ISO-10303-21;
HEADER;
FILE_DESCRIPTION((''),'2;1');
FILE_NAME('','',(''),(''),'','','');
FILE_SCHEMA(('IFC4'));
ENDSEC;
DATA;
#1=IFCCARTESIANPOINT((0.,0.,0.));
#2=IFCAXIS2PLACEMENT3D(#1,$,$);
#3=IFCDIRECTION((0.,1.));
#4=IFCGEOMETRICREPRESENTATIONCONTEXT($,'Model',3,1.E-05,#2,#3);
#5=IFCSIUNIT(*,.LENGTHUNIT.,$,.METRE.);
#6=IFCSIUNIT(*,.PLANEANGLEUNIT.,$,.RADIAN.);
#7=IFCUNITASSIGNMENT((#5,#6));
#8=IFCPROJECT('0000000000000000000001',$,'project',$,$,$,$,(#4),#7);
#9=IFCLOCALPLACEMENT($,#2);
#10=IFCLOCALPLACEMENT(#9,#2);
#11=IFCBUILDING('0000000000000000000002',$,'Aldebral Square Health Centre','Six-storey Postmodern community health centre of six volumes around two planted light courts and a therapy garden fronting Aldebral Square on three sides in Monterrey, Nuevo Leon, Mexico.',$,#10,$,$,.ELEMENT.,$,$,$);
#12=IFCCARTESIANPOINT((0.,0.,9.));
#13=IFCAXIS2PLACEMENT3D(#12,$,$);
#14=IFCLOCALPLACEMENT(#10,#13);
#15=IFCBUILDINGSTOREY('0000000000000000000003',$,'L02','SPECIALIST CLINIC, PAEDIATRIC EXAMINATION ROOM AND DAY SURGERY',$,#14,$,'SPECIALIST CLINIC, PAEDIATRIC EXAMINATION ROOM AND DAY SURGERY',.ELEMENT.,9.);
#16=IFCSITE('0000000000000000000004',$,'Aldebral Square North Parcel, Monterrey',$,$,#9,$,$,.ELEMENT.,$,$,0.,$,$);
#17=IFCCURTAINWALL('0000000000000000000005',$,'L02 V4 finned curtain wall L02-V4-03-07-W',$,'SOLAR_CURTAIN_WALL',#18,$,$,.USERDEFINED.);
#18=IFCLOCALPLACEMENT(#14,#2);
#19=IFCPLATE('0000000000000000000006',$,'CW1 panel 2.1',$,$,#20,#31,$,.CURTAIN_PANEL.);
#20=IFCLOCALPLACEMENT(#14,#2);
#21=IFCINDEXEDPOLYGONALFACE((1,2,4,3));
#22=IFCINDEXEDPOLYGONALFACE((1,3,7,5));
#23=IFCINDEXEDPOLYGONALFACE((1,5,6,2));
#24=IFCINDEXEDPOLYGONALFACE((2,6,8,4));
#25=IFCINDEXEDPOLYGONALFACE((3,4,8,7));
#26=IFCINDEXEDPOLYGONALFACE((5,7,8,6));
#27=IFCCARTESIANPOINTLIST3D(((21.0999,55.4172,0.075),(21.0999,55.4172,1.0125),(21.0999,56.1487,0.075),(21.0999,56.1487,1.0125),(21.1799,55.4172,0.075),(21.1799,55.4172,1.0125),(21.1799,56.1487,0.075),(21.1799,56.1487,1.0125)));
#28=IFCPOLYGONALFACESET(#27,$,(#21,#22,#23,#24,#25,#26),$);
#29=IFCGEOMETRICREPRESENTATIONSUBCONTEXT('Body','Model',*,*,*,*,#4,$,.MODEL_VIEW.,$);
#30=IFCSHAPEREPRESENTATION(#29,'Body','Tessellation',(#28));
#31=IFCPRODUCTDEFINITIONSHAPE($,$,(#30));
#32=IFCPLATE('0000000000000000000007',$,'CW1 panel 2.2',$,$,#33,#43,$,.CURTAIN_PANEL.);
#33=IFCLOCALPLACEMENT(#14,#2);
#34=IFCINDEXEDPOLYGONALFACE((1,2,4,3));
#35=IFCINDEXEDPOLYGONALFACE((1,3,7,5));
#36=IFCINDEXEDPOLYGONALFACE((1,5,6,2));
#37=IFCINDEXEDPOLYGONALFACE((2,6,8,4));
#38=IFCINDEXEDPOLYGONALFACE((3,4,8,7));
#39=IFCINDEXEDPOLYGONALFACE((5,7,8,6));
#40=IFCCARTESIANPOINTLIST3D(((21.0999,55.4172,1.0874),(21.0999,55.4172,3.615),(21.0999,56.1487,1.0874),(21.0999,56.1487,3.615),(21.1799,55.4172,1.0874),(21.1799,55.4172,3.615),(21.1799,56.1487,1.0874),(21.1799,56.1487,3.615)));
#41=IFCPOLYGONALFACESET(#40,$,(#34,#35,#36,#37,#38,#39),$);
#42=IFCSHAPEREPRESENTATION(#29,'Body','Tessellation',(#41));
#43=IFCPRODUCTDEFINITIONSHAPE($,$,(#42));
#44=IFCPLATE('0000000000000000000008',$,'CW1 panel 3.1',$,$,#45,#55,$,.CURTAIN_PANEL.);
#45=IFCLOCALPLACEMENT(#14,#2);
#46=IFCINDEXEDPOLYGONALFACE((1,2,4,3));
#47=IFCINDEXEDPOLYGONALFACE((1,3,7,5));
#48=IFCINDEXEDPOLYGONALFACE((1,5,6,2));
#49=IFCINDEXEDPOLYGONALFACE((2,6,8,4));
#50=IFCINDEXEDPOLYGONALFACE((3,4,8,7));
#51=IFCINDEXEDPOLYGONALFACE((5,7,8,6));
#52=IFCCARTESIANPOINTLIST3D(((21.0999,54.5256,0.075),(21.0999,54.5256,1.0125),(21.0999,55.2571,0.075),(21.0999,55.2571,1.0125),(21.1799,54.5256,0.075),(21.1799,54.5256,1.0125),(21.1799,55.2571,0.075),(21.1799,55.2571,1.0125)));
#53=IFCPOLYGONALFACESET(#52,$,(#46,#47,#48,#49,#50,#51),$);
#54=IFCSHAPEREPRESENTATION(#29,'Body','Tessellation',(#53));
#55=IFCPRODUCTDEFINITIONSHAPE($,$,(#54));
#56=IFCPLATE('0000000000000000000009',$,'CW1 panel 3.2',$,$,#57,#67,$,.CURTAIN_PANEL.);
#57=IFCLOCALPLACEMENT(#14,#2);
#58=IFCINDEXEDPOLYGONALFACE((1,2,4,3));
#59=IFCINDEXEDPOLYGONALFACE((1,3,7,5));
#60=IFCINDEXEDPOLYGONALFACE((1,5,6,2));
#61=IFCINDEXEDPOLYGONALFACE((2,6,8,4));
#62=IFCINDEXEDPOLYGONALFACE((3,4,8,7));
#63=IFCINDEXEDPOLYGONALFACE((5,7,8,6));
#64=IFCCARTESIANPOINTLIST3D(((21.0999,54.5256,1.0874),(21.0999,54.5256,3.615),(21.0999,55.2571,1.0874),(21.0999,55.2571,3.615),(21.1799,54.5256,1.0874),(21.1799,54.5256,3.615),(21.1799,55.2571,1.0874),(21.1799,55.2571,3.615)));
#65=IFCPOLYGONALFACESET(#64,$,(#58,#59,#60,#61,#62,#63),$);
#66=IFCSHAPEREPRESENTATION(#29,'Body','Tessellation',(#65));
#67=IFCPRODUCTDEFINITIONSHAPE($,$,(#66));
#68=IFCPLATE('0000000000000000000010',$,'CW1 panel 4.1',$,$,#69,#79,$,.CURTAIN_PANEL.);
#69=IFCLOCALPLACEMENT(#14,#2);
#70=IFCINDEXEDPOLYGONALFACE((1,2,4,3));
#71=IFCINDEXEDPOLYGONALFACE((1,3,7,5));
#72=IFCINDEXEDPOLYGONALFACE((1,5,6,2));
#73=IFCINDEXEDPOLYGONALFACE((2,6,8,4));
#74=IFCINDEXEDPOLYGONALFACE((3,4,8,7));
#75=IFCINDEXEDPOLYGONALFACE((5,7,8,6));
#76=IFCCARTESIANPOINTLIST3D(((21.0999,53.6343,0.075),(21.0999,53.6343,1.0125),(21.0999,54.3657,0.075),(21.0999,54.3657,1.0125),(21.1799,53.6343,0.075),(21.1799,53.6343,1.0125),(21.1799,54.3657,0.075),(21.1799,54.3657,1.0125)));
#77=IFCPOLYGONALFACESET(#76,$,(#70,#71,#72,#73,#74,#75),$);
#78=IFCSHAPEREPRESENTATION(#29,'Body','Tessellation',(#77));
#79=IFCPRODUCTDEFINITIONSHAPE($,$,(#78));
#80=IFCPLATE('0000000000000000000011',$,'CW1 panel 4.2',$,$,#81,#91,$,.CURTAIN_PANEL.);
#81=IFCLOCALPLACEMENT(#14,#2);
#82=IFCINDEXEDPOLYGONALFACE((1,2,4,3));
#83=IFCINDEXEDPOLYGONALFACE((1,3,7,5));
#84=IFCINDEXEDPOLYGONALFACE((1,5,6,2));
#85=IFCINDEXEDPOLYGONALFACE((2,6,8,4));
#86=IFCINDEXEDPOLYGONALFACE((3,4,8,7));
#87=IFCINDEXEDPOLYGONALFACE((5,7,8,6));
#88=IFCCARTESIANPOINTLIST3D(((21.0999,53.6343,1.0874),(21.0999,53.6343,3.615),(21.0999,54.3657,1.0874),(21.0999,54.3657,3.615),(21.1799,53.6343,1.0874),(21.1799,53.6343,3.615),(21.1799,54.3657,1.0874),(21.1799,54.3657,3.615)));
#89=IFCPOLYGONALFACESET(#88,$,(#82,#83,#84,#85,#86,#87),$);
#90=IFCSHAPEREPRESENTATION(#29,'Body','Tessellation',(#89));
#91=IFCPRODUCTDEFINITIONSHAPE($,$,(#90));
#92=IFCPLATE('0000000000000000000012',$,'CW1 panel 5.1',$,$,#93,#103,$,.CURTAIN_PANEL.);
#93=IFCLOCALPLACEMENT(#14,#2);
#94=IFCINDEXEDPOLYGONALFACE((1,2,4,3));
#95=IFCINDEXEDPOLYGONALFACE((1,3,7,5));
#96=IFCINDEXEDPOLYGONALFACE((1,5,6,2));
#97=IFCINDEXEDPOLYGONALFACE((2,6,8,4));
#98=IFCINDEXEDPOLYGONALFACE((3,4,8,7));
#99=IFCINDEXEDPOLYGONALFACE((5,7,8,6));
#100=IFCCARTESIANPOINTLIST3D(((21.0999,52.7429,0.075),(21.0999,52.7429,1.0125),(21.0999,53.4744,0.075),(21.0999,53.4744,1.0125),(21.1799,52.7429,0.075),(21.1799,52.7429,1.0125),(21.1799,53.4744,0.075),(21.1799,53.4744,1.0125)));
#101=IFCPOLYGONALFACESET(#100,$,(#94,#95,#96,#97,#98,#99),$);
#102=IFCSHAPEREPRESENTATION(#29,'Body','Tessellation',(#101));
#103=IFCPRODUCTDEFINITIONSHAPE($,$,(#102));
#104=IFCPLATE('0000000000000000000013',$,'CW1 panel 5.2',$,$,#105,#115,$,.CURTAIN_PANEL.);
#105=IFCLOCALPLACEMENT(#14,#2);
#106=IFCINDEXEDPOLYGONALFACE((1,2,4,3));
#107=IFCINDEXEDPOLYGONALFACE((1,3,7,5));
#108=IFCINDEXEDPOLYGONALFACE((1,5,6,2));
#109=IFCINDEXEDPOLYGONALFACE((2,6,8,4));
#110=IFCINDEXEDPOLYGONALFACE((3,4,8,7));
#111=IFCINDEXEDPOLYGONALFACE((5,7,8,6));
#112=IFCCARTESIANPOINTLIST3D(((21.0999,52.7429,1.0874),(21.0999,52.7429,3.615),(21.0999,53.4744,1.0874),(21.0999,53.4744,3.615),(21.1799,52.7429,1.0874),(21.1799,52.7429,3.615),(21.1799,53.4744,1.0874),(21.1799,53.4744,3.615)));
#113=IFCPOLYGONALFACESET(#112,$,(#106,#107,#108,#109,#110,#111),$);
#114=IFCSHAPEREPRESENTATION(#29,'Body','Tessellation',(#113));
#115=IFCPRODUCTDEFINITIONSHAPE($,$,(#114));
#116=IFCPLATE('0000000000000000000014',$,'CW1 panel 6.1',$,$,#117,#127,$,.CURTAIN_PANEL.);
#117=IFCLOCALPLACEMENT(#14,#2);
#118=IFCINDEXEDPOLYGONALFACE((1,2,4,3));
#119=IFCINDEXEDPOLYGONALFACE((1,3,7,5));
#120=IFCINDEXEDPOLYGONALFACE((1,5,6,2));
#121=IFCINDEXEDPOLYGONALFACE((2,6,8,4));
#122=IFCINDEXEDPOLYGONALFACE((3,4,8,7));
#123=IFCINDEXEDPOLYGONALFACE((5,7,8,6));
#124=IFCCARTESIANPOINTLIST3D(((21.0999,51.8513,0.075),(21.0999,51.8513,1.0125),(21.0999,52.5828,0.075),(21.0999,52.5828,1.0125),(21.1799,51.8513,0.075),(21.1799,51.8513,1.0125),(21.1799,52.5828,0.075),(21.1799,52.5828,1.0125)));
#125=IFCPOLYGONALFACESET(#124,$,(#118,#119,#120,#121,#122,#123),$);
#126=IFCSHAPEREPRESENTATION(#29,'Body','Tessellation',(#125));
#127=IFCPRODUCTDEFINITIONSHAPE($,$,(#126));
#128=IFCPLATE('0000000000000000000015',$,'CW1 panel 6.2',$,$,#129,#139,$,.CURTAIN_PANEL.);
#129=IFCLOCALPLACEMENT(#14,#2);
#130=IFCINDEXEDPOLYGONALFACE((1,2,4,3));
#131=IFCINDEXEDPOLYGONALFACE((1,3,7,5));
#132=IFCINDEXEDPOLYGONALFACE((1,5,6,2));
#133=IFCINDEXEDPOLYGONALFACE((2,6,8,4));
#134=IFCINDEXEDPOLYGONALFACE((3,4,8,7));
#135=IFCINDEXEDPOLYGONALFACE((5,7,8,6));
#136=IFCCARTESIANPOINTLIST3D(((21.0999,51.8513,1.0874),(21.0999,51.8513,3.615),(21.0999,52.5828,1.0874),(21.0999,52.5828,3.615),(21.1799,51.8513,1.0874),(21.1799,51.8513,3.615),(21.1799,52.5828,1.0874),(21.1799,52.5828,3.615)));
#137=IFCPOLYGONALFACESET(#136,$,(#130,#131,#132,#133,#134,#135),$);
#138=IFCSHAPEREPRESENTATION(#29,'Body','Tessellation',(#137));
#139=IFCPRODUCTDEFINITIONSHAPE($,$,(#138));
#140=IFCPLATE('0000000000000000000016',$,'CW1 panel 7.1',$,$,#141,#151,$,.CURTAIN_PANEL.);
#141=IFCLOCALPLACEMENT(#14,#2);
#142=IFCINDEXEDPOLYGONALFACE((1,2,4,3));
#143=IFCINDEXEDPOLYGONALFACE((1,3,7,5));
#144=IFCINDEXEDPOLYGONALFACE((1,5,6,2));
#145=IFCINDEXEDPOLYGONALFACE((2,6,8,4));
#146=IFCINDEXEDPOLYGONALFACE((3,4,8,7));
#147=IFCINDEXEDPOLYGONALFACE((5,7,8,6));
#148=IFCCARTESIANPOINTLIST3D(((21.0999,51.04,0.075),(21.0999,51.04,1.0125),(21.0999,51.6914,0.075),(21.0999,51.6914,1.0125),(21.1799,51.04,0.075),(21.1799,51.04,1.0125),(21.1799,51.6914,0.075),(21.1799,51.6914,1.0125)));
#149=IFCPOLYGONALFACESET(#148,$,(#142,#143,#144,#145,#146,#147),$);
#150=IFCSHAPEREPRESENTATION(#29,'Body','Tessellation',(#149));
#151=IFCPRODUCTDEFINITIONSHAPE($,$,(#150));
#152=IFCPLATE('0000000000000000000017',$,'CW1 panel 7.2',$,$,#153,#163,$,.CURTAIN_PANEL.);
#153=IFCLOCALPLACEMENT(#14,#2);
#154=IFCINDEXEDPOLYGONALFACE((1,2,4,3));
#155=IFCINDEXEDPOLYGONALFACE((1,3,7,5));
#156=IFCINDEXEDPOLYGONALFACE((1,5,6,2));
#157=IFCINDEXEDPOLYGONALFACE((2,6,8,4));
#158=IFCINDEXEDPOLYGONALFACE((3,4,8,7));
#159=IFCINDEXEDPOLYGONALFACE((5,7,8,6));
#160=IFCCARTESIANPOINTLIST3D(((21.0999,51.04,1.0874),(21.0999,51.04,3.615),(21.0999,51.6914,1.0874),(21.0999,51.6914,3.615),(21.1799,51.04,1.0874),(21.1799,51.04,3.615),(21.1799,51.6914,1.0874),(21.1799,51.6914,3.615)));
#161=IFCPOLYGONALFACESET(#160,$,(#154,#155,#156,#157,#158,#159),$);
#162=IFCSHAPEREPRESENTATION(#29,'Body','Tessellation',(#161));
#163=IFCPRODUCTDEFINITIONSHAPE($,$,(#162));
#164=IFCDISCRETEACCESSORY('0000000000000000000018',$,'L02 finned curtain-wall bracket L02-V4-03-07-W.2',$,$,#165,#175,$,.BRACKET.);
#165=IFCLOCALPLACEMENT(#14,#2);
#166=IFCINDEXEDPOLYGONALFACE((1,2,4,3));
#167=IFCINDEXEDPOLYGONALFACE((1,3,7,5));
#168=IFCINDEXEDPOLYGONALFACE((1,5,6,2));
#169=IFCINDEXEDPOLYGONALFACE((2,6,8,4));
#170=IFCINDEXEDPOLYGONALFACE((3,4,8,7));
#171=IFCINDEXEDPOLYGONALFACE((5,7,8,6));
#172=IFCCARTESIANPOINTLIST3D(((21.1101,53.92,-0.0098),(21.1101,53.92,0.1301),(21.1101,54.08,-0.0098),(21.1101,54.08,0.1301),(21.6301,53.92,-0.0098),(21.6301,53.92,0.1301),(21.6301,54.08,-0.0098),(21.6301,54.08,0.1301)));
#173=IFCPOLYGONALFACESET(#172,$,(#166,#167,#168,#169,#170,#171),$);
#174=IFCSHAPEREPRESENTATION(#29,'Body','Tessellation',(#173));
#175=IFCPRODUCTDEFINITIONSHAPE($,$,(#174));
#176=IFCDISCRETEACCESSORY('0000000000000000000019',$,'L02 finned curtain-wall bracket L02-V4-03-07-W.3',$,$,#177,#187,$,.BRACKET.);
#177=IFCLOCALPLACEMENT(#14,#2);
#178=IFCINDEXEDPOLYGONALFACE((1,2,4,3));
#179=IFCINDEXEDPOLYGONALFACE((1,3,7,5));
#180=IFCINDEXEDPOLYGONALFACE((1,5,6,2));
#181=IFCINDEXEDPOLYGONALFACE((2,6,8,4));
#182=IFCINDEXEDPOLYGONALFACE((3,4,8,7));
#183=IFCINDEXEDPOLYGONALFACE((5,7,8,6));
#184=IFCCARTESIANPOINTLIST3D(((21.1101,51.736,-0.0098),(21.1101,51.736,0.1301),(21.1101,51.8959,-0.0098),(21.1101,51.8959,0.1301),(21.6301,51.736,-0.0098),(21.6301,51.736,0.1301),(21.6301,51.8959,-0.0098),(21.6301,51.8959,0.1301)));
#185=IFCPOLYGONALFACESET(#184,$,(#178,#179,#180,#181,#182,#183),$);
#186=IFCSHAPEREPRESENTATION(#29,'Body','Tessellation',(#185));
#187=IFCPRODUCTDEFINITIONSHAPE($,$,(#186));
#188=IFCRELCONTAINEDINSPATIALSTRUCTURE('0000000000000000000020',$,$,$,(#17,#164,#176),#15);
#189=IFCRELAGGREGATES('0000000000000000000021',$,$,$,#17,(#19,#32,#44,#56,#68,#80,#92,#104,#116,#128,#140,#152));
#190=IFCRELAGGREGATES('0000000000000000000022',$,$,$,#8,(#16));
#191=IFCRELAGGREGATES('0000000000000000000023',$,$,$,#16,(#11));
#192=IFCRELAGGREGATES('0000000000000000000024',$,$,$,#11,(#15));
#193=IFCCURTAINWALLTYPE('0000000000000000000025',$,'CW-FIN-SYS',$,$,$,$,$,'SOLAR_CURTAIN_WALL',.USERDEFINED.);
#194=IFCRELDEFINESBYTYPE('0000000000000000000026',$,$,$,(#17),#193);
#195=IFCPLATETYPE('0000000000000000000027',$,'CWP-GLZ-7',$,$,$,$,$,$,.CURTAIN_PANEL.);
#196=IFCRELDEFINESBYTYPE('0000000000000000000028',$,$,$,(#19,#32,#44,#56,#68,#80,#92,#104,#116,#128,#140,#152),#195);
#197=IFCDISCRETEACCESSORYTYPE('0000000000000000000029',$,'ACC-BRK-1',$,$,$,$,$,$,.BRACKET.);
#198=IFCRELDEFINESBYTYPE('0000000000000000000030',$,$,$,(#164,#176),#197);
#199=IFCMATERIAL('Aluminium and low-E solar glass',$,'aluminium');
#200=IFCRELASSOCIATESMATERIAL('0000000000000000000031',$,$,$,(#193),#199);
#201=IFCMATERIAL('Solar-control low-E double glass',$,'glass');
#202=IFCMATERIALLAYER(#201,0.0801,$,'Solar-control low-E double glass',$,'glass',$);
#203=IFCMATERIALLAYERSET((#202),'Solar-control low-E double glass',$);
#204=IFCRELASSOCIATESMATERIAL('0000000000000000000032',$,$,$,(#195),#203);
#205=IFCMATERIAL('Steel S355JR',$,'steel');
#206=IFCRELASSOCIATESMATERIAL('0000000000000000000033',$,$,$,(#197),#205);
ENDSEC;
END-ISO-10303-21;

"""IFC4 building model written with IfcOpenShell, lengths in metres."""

from ifc_helpers import new_model, si_unit, direction, frame, origin, origin_2d, place, context, subcontext, project, spatial, rectangle, extrude, material, layer, layer_set, type_object, element, aggregate, save


model = new_model("IFC4")

# Units and contexts
model_context = context("Model", 3, precision=1e-05, world=origin(), true_north=direction((0.0, 1.0)))
body_context = subcontext(model_context, "Body", "Model", "MODEL_VIEW")
ifc_project = project(units=[si_unit("LENGTHUNIT", "METRE"), si_unit("PLANEANGLEUNIT", "RADIAN")], contexts=[model_context])

# Site, building, storey
site_placement = place(None, origin())
site = spatial("IfcSite", under=ifc_project, at=site_placement, Name="Aldebral Square North Parcel, Monterrey", CompositionType="ELEMENT", RefElevation=0.0)
building_placement = place(site_placement, origin())
building = spatial("IfcBuilding", under=site, at=building_placement, Name="Aldebral Square Health Centre", Description="Six-storey Postmodern community health centre of six volumes around two planted light courts and a therapy garden fronting Aldebral Square on three sides in Monterrey, Nuevo Leon, Mexico.", CompositionType="ELEMENT")
storey_placement = place(building_placement, frame((0.0, 0.0, 9.0)))
storey = spatial("IfcBuildingStorey", under=building, at=storey_placement, Name="L02", Description="SPECIALIST CLINIC, PAEDIATRIC EXAMINATION ROOM AND DAY SURGERY", LongName="SPECIALIST CLINIC, PAEDIATRIC EXAMINATION ROOM AND DAY SURGERY", CompositionType="ELEMENT", Elevation=9.0)

# Curtain wall, plates
ifc_material_1 = material(Name="Aluminium and low-E solar glass", Category="aluminium")
curtain_wall_type = type_object("IfcCurtainWallType", Name="CW-FIN-SYS", ElementType="SOLAR_CURTAIN_WALL", PredefinedType="USERDEFINED", material=ifc_material_1)
curtain_wall_placement = place(storey_placement, origin())
curtain_wall = element("IfcCurtainWall", 1, at=curtain_wall_placement, inside=storey, type_object=curtain_wall_type, Name="L02 V4 finned curtain wall L02-V4-03-07-W", ObjectType="SOLAR_CURTAIN_WALL", PredefinedType="USERDEFINED")
ifc_material_2 = material(Name="Solar-control low-E double glass", Category="glass")
ifc_layer = layer(ifc_material_2, 0.0801, Name="Solar-control low-E double glass", Category="glass")
ifc_layer_set = layer_set([ifc_layer], Name="Solar-control low-E double glass")
plate_type = type_object("IfcPlateType", Name="CWP-GLZ-7", PredefinedType="CURTAIN_PANEL", material=ifc_layer_set)
plate_1_placement = place(storey_placement, frame((21.1399, 55.783, 0.075), z_axis=(0.0, 0.0, 1.0), x_axis=(0.0, -1.0, 0.0)))
plate_1 = element("IfcPlate", 2, at=plate_1_placement, type_object=plate_type, Name="CW1 panel 2.1", PredefinedType="CURTAIN_PANEL", context=body_context, shape_type="SweptSolid", body=[
    extrude(rectangle(XDim=0.7314, YDim=0.0801, at=origin_2d()), origin(), (0.0, 0.0, 1.0), 0.9375),
])
plate_2_placement = place(storey_placement, frame((21.1399, 55.783, 1.0874), z_axis=(0.0, 0.0, 1.0), x_axis=(0.0, -1.0, 0.0)))
plate_2 = element("IfcPlate", 3, at=plate_2_placement, type_object=plate_type, Name="CW1 panel 2.2", PredefinedType="CURTAIN_PANEL", context=body_context, shape_type="SweptSolid", body=[
    extrude(rectangle(XDim=0.7314, YDim=0.0801, at=origin_2d()), origin(), (0.0, 0.0, 1.0), 2.5276),
])
plate_3_placement = place(storey_placement, frame((21.1399, 54.8914, 0.075), z_axis=(0.0, 0.0, 1.0), x_axis=(0.0, -1.0, 0.0)))
plate_3 = element("IfcPlate", 4, at=plate_3_placement, type_object=plate_type, Name="CW1 panel 3.1", PredefinedType="CURTAIN_PANEL", context=body_context, shape_type="SweptSolid", body=[
    extrude(rectangle(XDim=0.7314, YDim=0.0801, at=origin_2d()), origin(), (0.0, 0.0, 1.0), 0.9375),
])
plate_4_placement = place(storey_placement, frame((21.1399, 54.8914, 1.0874), z_axis=(0.0, 0.0, 1.0), x_axis=(0.0, -1.0, 0.0)))
plate_4 = element("IfcPlate", 5, at=plate_4_placement, type_object=plate_type, Name="CW1 panel 3.2", PredefinedType="CURTAIN_PANEL", context=body_context, shape_type="SweptSolid", body=[
    extrude(rectangle(XDim=0.7314, YDim=0.0801, at=origin_2d()), origin(), (0.0, 0.0, 1.0), 2.5276),
])
plate_5_placement = place(storey_placement, frame((21.1399, 54.0, 0.075), z_axis=(0.0, 0.0, 1.0), x_axis=(0.0, -1.0, 0.0)))
plate_5 = element("IfcPlate", 6, at=plate_5_placement, type_object=plate_type, Name="CW1 panel 4.1", PredefinedType="CURTAIN_PANEL", context=body_context, shape_type="SweptSolid", body=[
    extrude(rectangle(XDim=0.7314, YDim=0.0801, at=origin_2d()), origin(), (0.0, 0.0, 1.0), 0.9375),
])
plate_6_placement = place(storey_placement, frame((21.1399, 54.0, 1.0874), z_axis=(0.0, 0.0, 1.0), x_axis=(0.0, -1.0, 0.0)))
plate_6 = element("IfcPlate", 7, at=plate_6_placement, type_object=plate_type, Name="CW1 panel 4.2", PredefinedType="CURTAIN_PANEL", context=body_context, shape_type="SweptSolid", body=[
    extrude(rectangle(XDim=0.7314, YDim=0.0801, at=origin_2d()), origin(), (0.0, 0.0, 1.0), 2.5276),
])
plate_7_placement = place(storey_placement, frame((21.1399, 53.1086, 0.075), z_axis=(0.0, 0.0, 1.0), x_axis=(0.0, -1.0, 0.0)))
plate_7 = element("IfcPlate", 8, at=plate_7_placement, type_object=plate_type, Name="CW1 panel 5.1", PredefinedType="CURTAIN_PANEL", context=body_context, shape_type="SweptSolid", body=[
    extrude(rectangle(XDim=0.7314, YDim=0.0801, at=origin_2d()), origin(), (0.0, 0.0, 1.0), 0.9375),
])
plate_8_placement = place(storey_placement, frame((21.1399, 53.1086, 1.0874), z_axis=(0.0, 0.0, 1.0), x_axis=(0.0, -1.0, 0.0)))
plate_8 = element("IfcPlate", 9, at=plate_8_placement, type_object=plate_type, Name="CW1 panel 5.2", PredefinedType="CURTAIN_PANEL", context=body_context, shape_type="SweptSolid", body=[
    extrude(rectangle(XDim=0.7314, YDim=0.0801, at=origin_2d()), origin(), (0.0, 0.0, 1.0), 2.5276),
])
plate_9_placement = place(storey_placement, frame((21.1399, 52.217, 0.075), z_axis=(0.0, 0.0, 1.0), x_axis=(0.0, -1.0, 0.0)))
plate_9 = element("IfcPlate", 10, at=plate_9_placement, type_object=plate_type, Name="CW1 panel 6.1", PredefinedType="CURTAIN_PANEL", context=body_context, shape_type="SweptSolid", body=[
    extrude(rectangle(XDim=0.7314, YDim=0.0801, at=origin_2d()), origin(), (0.0, 0.0, 1.0), 0.9375),
])
plate_10_placement = place(storey_placement, frame((21.1399, 52.217, 1.0874), z_axis=(0.0, 0.0, 1.0), x_axis=(0.0, -1.0, 0.0)))
plate_10 = element("IfcPlate", 11, at=plate_10_placement, type_object=plate_type, Name="CW1 panel 6.2", PredefinedType="CURTAIN_PANEL", context=body_context, shape_type="SweptSolid", body=[
    extrude(rectangle(XDim=0.7314, YDim=0.0801, at=origin_2d()), origin(), (0.0, 0.0, 1.0), 2.5276),
])
plate_11_placement = place(storey_placement, frame((21.1399, 51.3657, 0.075), z_axis=(0.0, 0.0, 1.0), x_axis=(0.0, -1.0, 0.0)))
plate_11 = element("IfcPlate", 12, at=plate_11_placement, type_object=plate_type, Name="CW1 panel 7.1", PredefinedType="CURTAIN_PANEL", context=body_context, shape_type="SweptSolid", body=[
    extrude(rectangle(XDim=0.6514, YDim=0.0801, at=origin_2d()), origin(), (0.0, 0.0, 1.0), 0.9375),
])
plate_12_placement = place(storey_placement, frame((21.1399, 51.3657, 1.0874), z_axis=(0.0, 0.0, 1.0), x_axis=(0.0, -1.0, 0.0)))
plate_12 = element("IfcPlate", 13, at=plate_12_placement, type_object=plate_type, Name="CW1 panel 7.2", PredefinedType="CURTAIN_PANEL", context=body_context, shape_type="SweptSolid", body=[
    extrude(rectangle(XDim=0.6514, YDim=0.0801, at=origin_2d()), origin(), (0.0, 0.0, 1.0), 2.5276),
])
aggregate(curtain_wall, [plate_1, plate_2, plate_3, plate_4, plate_5, plate_6, plate_7, plate_8, plate_9, plate_10, plate_11, plate_12])

# Discrete accessories
ifc_material_3 = material(Name="Steel S355JR", Category="steel")
discrete_accessory_type = type_object("IfcDiscreteAccessoryType", Name="ACC-BRK-1", PredefinedType="BRACKET", material=ifc_material_3)
for number, where, z_axis, x_axis, name in (
    (14, (21.3701, 54.0, -0.0098), (0.0, 0.0, 1.0), (0.0, 1.0, 0.0), "L02 finned curtain-wall bracket L02-V4-03-07-W.2"),
    (15, (21.3701, 51.8159, -0.0098), (0.0, 0.0, 1.0), (0.0, 1.0, 0.0), "L02 finned curtain-wall bracket L02-V4-03-07-W.3"),
):
    element("IfcDiscreteAccessory", number, at=place(storey_placement, frame(where, z_axis=z_axis, x_axis=x_axis)), inside=storey, type_object=discrete_accessory_type, Name=name, PredefinedType="BRACKET", context=body_context, shape_type="SweptSolid", body=[
        extrude(rectangle(XDim=0.1599, YDim=0.52, at=origin_2d()), origin(), (0.0, 0.0, 1.0), 0.1399),
    ])

save(model, "model.ifc")
